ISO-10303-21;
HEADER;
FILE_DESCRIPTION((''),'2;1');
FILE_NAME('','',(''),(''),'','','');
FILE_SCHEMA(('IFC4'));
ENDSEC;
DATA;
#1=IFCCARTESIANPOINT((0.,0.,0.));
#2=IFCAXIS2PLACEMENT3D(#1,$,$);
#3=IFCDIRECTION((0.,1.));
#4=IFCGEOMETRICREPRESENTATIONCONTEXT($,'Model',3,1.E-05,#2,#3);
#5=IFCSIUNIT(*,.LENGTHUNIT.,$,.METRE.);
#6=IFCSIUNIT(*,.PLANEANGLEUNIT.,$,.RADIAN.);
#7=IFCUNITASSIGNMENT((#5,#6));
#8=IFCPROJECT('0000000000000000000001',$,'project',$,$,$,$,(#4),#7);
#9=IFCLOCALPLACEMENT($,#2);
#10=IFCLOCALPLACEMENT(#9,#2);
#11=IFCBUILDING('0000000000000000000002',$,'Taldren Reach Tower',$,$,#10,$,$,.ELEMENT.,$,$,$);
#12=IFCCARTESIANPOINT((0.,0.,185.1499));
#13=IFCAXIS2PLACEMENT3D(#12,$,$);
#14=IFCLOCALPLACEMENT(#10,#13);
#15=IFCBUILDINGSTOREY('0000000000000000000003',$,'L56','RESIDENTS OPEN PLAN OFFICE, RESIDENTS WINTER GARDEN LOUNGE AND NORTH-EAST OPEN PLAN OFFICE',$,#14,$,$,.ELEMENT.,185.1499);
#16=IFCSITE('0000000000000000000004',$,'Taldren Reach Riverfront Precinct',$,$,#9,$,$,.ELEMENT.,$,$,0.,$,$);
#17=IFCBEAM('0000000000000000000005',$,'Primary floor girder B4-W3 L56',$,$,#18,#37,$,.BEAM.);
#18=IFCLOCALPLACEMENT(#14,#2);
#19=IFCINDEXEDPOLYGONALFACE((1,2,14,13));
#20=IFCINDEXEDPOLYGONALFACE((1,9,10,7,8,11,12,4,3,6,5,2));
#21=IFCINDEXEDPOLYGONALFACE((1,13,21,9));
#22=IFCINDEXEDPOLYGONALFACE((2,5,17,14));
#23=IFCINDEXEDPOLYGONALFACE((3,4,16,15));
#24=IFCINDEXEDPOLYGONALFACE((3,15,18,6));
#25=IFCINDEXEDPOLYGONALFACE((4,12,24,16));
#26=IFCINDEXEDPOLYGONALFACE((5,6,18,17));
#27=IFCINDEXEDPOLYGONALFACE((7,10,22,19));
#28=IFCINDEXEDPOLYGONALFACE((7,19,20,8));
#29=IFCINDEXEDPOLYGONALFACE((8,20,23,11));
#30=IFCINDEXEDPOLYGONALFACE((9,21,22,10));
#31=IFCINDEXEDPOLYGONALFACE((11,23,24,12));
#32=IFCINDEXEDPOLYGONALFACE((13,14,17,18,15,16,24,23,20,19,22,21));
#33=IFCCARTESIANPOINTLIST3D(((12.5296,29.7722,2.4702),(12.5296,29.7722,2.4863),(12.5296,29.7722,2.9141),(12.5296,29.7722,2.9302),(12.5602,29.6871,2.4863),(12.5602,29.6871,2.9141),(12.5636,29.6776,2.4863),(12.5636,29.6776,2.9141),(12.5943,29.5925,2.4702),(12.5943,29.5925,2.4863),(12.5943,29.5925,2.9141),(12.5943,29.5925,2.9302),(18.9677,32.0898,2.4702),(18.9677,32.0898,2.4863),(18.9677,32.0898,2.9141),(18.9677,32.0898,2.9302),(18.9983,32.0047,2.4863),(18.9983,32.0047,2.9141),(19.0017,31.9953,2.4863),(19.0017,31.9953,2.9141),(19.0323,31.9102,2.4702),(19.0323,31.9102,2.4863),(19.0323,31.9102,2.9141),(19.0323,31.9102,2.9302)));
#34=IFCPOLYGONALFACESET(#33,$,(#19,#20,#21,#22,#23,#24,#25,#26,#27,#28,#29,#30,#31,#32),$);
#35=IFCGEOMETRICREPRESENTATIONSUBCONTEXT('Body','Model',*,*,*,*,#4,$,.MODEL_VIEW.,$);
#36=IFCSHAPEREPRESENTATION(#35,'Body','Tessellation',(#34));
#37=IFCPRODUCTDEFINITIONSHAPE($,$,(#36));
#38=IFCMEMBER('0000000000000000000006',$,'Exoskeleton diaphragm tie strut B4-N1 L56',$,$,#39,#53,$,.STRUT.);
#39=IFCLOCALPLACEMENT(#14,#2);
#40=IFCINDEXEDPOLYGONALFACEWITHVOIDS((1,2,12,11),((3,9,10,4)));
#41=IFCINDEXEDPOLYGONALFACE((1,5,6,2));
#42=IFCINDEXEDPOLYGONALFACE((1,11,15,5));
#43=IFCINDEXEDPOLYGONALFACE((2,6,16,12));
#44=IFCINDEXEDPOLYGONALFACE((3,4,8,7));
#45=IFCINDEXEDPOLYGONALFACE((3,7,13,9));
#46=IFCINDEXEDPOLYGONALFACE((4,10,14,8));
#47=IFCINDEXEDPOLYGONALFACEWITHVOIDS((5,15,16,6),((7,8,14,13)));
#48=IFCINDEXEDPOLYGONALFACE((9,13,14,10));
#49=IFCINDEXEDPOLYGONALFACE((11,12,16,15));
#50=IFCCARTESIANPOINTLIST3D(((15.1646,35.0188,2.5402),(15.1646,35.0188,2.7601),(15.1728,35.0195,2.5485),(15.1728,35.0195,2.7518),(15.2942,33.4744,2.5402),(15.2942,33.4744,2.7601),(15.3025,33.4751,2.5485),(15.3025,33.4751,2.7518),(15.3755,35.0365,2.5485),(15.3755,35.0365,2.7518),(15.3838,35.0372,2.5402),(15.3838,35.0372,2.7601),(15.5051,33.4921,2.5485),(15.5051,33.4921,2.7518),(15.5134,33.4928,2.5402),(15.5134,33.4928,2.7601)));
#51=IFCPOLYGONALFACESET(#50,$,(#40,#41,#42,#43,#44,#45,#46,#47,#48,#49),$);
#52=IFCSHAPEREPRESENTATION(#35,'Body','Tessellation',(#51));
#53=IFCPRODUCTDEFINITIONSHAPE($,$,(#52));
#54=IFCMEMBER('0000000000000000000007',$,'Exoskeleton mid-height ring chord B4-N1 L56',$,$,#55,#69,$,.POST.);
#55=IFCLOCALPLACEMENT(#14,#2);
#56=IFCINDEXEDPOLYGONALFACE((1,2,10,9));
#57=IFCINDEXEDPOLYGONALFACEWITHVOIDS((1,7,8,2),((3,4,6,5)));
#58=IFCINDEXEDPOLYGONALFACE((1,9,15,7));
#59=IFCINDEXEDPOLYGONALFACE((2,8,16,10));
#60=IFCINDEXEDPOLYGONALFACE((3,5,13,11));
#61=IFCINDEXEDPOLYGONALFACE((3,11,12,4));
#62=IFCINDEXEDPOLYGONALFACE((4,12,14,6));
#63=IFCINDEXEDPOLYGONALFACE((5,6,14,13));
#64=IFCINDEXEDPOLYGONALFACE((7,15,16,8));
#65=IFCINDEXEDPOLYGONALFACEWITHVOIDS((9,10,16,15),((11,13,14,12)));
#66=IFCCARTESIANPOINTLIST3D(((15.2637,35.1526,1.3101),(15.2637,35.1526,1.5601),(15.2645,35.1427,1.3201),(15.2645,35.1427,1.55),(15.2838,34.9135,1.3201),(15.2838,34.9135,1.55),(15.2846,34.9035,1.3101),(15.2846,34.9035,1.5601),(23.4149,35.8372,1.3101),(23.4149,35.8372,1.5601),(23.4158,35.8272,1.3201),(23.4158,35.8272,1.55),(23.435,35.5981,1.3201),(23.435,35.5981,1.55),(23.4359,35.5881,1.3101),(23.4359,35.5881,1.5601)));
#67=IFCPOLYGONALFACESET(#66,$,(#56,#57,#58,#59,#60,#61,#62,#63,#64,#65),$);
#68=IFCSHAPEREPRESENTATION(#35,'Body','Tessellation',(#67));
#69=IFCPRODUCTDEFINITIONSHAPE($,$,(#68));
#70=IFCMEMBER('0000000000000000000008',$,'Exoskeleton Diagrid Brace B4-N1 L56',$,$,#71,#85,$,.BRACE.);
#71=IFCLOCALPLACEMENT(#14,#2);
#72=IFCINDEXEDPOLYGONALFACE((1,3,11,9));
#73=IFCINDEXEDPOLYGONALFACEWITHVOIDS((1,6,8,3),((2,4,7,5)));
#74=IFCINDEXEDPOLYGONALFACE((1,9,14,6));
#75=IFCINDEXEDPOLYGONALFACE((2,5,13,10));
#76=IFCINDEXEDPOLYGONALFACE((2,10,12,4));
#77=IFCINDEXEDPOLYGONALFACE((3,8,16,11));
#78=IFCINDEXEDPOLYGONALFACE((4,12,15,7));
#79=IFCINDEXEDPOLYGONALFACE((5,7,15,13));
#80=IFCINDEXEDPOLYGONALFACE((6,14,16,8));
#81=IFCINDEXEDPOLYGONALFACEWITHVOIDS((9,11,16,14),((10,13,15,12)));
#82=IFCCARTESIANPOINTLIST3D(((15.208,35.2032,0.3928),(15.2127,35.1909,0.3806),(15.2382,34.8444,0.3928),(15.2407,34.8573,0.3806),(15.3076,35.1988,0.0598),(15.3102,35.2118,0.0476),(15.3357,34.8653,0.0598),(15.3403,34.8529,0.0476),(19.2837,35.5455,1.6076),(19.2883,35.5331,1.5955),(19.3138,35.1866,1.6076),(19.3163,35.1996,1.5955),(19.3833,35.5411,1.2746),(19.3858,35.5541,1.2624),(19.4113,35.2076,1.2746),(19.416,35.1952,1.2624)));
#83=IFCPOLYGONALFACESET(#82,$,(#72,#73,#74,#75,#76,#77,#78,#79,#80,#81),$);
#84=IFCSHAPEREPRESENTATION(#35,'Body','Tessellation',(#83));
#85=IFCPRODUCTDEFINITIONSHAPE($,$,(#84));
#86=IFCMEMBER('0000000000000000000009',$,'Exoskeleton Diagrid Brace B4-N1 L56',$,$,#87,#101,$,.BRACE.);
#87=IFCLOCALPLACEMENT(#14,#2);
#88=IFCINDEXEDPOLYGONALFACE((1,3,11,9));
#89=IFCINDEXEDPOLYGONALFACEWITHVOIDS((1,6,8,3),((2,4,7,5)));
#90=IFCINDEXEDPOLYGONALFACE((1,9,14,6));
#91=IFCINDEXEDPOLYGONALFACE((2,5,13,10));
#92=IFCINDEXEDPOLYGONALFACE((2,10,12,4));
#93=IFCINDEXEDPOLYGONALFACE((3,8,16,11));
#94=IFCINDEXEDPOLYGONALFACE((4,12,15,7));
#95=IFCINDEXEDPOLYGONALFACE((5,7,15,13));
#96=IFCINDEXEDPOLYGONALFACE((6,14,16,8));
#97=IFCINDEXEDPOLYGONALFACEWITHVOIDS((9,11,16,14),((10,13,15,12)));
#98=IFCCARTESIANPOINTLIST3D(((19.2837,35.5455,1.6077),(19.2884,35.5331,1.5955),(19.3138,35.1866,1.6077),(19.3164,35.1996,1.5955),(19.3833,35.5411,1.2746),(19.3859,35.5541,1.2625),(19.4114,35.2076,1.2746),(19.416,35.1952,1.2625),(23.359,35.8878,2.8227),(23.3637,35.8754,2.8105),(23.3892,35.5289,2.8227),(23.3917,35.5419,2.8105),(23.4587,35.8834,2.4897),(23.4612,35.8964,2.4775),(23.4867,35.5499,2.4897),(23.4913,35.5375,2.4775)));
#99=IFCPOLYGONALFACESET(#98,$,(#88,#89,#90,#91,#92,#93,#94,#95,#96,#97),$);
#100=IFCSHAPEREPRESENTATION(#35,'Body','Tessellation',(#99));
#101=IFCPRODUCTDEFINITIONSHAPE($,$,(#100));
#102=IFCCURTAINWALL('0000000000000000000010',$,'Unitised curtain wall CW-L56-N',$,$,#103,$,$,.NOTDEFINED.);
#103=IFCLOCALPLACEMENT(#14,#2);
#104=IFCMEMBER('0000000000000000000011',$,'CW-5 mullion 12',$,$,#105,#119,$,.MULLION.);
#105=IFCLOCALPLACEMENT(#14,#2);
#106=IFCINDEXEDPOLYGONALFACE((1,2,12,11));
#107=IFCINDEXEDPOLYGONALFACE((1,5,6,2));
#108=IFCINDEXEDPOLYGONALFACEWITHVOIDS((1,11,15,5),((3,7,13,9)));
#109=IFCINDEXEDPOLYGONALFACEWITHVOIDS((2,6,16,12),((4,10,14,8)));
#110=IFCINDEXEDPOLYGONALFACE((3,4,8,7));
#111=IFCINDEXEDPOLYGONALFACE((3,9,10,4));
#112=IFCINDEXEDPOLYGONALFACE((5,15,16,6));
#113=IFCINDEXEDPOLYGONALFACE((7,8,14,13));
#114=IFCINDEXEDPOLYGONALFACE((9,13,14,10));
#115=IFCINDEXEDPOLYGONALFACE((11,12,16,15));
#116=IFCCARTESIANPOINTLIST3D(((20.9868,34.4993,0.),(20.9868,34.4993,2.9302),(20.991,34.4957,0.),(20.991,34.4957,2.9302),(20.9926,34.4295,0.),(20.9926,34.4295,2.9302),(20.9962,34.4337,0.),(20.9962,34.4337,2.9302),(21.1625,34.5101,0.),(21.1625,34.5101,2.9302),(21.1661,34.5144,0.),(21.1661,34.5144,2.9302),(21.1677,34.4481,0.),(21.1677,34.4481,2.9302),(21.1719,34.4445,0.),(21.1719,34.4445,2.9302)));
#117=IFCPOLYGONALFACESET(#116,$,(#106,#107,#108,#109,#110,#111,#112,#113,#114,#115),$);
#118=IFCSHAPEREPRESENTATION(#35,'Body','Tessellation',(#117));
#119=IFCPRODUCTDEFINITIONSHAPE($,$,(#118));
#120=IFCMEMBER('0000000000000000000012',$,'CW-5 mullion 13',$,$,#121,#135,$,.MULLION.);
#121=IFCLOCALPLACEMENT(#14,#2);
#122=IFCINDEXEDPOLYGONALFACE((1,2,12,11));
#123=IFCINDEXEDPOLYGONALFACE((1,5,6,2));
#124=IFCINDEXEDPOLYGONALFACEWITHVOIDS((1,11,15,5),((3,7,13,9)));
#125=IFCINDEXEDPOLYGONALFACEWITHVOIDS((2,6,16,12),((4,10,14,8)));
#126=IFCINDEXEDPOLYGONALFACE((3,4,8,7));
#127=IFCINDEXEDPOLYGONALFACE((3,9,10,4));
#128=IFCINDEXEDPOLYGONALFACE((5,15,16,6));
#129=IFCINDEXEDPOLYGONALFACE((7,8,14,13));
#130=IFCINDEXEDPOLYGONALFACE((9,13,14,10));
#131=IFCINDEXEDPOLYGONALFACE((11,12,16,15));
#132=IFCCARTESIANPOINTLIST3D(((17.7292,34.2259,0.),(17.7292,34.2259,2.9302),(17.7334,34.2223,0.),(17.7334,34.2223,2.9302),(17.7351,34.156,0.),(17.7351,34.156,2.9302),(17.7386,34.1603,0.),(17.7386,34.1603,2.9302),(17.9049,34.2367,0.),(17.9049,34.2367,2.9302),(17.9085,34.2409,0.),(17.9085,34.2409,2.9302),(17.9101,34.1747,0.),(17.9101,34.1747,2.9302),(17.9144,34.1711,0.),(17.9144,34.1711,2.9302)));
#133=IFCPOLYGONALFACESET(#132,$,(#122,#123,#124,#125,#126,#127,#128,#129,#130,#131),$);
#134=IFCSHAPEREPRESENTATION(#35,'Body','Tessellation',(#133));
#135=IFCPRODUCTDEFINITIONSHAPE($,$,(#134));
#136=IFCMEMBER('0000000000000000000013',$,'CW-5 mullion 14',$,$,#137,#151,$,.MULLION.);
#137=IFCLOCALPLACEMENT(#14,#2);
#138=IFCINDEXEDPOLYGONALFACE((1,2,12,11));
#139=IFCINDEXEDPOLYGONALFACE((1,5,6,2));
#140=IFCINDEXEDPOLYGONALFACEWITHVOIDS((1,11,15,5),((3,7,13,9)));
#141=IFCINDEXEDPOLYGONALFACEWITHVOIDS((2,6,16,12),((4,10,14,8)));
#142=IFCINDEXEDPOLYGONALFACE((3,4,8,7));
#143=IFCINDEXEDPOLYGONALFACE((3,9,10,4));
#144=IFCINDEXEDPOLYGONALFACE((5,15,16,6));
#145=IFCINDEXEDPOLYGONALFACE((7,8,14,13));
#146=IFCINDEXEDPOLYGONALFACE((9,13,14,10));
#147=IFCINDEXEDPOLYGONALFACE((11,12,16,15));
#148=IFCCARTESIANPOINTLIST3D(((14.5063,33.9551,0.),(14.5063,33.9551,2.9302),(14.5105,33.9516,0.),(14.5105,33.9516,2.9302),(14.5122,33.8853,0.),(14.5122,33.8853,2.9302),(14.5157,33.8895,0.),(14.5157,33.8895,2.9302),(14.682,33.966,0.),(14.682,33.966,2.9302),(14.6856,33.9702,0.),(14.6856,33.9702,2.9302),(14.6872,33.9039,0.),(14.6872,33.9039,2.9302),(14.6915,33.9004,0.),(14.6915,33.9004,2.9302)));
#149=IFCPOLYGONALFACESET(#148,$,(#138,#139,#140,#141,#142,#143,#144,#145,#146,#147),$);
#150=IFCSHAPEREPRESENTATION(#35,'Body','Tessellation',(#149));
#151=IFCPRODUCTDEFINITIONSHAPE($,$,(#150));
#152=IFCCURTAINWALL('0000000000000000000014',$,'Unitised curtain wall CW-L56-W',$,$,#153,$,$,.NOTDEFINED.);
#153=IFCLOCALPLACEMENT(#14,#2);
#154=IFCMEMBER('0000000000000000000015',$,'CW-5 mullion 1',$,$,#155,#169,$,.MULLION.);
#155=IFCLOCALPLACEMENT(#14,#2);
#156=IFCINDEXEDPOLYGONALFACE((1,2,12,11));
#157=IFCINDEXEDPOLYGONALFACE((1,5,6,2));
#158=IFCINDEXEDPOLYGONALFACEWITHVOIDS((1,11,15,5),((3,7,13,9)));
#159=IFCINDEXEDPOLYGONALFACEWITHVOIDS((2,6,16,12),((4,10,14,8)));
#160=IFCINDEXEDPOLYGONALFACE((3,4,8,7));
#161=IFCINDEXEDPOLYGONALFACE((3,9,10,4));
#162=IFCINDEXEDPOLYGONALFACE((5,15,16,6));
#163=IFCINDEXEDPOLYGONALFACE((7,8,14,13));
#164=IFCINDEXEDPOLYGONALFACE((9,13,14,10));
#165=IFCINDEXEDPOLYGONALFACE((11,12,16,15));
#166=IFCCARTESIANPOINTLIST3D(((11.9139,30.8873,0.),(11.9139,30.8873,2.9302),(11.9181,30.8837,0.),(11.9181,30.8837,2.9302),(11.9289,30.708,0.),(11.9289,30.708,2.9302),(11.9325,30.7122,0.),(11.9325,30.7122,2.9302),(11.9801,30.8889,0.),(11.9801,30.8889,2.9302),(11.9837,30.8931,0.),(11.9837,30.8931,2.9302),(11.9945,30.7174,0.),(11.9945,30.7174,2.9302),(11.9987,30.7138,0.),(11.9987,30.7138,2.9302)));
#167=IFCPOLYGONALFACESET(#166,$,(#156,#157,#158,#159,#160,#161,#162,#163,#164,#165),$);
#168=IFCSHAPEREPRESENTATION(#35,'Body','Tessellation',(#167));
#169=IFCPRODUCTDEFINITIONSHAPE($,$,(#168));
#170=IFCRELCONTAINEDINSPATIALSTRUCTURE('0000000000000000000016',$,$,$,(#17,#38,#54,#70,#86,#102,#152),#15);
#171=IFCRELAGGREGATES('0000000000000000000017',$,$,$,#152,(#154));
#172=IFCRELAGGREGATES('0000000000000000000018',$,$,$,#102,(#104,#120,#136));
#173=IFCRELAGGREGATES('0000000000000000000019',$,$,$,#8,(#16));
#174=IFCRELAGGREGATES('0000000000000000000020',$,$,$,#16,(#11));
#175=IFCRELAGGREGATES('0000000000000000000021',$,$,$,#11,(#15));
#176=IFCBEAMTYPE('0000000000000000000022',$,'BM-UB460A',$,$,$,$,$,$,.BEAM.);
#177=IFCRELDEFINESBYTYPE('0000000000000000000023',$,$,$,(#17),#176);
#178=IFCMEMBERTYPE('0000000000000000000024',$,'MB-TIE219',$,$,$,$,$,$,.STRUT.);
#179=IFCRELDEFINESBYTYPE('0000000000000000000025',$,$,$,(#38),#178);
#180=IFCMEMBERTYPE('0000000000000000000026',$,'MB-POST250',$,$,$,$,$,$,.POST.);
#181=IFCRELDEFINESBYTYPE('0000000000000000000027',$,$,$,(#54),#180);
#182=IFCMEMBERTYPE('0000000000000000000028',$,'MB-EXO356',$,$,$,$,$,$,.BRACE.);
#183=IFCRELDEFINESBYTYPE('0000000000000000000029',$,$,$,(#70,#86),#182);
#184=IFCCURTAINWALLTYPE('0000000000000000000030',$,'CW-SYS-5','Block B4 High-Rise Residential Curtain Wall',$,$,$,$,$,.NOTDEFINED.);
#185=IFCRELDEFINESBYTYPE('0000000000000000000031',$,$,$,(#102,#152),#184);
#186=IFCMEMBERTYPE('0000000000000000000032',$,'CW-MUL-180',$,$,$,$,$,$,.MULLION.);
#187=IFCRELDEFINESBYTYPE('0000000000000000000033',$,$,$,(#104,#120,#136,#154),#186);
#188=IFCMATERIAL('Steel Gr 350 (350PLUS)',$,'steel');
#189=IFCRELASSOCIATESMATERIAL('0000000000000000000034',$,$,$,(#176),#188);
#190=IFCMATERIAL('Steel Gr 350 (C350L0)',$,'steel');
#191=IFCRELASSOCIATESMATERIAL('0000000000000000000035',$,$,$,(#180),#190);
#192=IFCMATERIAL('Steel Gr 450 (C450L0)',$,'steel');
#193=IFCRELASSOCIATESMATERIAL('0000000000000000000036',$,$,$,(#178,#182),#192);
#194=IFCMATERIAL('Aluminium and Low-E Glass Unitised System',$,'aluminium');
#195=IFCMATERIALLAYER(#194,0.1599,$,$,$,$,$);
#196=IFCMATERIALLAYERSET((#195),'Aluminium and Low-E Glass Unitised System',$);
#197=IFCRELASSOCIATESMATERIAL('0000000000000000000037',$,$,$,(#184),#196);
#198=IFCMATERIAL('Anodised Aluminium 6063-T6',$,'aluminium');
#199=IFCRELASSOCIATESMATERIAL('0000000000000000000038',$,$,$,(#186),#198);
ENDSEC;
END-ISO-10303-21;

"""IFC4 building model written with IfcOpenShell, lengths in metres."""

from ifc_helpers import new_model, si_unit, direction, frame, origin, origin_2d, place, context, subcontext, project, spatial, hollow_rectangle, i_section, extrude, source, transform, mapped, material, layer, layer_set, material_profile, profile_set, type_object, element, aggregate, save


model = new_model("IFC4")

# Units and contexts
model_context = context("Model", 3, precision=1e-05, world=origin(), true_north=direction((0.0, 1.0)))
body_context = subcontext(model_context, "Body", "Model", "MODEL_VIEW")
ifc_project = project(units=[si_unit("LENGTHUNIT", "METRE"), si_unit("PLANEANGLEUNIT", "RADIAN")], contexts=[model_context])

# Site, building, storey
site_placement = place(None, origin())
site = spatial("IfcSite", under=ifc_project, at=site_placement, Name="Taldren Reach Riverfront Precinct", CompositionType="ELEMENT", RefElevation=0.0)
building_placement = place(site_placement, origin())
building = spatial("IfcBuilding", under=site, at=building_placement, Name="Taldren Reach Tower", CompositionType="ELEMENT")
storey_placement = place(building_placement, frame((0.0, 0.0, 185.1499)))
storey = spatial("IfcBuildingStorey", under=building, at=storey_placement, Name="L56", Description="RESIDENTS OPEN PLAN OFFICE, RESIDENTS WINTER GARDEN LOUNGE AND NORTH-EAST OPEN PLAN OFFICE", CompositionType="ELEMENT", Elevation=185.1499)

# Shared definitions
ifc_material_1 = material(Name="Steel Gr 450 (C450L0)", Category="steel")
ifc_material_2 = material(Name="Steel Gr 350 (C350L0)", Category="steel")

# Shared definitions
ifc_material_3 = material(Name="Steel Gr 350 (350PLUS)", Category="steel")
ifc_material_profile_1 = material_profile(ifc_material_3, i_section(OverallWidth=0.1909, OverallDepth=0.46, WebThickness=0.01, FlangeThickness=0.0161, at=origin_2d()), Name="460UB82.1")
ifc_profile_set_1 = profile_set([ifc_material_profile_1], Name="Steel Gr 350 (350PLUS)")
beam_type_1 = type_object("IfcBeamType", Name="BM-UB460A", PredefinedType="BEAM", material=ifc_profile_set_1)

# Shared definitions
ifc_material_profile_2 = material_profile(ifc_material_2, hollow_rectangle(XDim=0.25, YDim=0.25, WallThickness=0.01, at=origin_2d()), Name="250x250x10.0SHS")
ifc_profile_set_2 = profile_set([ifc_material_profile_2], Name="Steel Gr 350 (C350L0)")
member_type_1 = type_object("IfcMemberType", Name="MB-POST250", PredefinedType="POST", material=ifc_profile_set_2)

# Beam
shared_shape_1 = source(origin(), body_context, "Body", "SweptSolid", [
    extrude(i_section(OverallWidth=0.1909, OverallDepth=0.46, WebThickness=0.01, FlangeThickness=0.0161, at=origin_2d()), origin(), (0.0, 0.0, 1.0), 6.8425),
])
beam_1_placement = place(storey_placement, frame((19.0, 32.0, 2.7002), z_axis=(-0.94089, -0.338713, 0.0), x_axis=(0.338713, -0.94089, 0.0)))
element("IfcBeam", 1, at=beam_1_placement, inside=storey, type_object=beam_type_1, Name="Primary floor girder B4-W3 L56", PredefinedType="BEAM", context=body_context, shape_type="MappedRepresentation", body=[
    mapped(shared_shape_1, transform((0.0, 0.0, 0.0), scale=1.0)),
])

# Members
ifc_material_profile_3 = material_profile(ifc_material_1, hollow_rectangle(XDim=0.22, YDim=0.22, WallThickness=0.0083, at=origin_2d()), Name="220x220x8.2SHS")
ifc_profile_set_3 = profile_set([ifc_material_profile_3], Name="Steel Gr 450 (C450L0)")
member_type_2 = type_object("IfcMemberType", Name="MB-TIE219", PredefinedType="STRUT", material=ifc_profile_set_3)
shared_shape_2 = source(origin(), body_context, "Body", "SweptSolid", [
    extrude(hollow_rectangle(XDim=0.22, YDim=0.22, WallThickness=0.0083, at=origin_2d()), origin(), (0.0, 0.0, 1.0), 1.5498),
])
member_1_placement = place(storey_placement, frame((15.4038, 33.4836, 2.6501), z_axis=(-0.083645, 0.996496, 0.0), x_axis=(-0.996496, -0.083645, 0.0)))
element("IfcMember", 2, at=member_1_placement, inside=storey, type_object=member_type_2, Name="Exoskeleton diaphragm tie strut B4-N1 L56", PredefinedType="STRUT", context=body_context, shape_type="MappedRepresentation", body=[
    mapped(shared_shape_2, transform((0.0, 0.0, 0.0), scale=1.0)),
])
shared_shape_3 = source(origin(), body_context, "Body", "SweptSolid", [
    extrude(hollow_rectangle(XDim=0.25, YDim=0.25, WallThickness=0.01, at=origin_2d()), origin(), (0.0, 0.0, 1.0), 8.1799),
])
member_2_placement = place(storey_placement, frame((15.2742, 35.0281, 1.4351), z_axis=(0.996492, 0.08369, 0.0), x_axis=(-0.08369, 0.996492, 0.0)))
element("IfcMember", 3, at=member_2_placement, inside=storey, type_object=member_type_1, Name="Exoskeleton mid-height ring chord B4-N1 L56", PredefinedType="POST", context=body_context, shape_type="MappedRepresentation", body=[
    mapped(shared_shape_3, transform((0.0, 0.0, 0.0), scale=1.0)),
])
ifc_material_profile_4 = material_profile(ifc_material_1, hollow_rectangle(XDim=0.3601, YDim=0.3601, WallThickness=0.0127, at=origin_2d()), Name="360x360x12.7SHS")
ifc_profile_set_4 = profile_set([ifc_material_profile_4], Name="Steel Gr 450 (C450L0)")
member_type_3 = type_object("IfcMemberType", Name="MB-EXO356", PredefinedType="BRACE", material=ifc_profile_set_4)
shared_shape_4 = source(origin(), body_context, "Body", "SweptSolid", [
    extrude(hollow_rectangle(XDim=0.3601, YDim=0.3601, WallThickness=0.0127, at=origin_2d()), origin(), (0.0, 0.0, 1.0), 4.2666),
])
member_3_placement = place(storey_placement, frame((15.2742, 35.0281, 0.2202), z_axis=(0.955245, 0.080224, 0.284731), x_axis=(-0.083688, 0.996492, 0.0)))
element("IfcMember", 4, at=member_3_placement, inside=storey, type_object=member_type_3, Name="Exoskeleton Diagrid Brace B4-N1 L56", PredefinedType="BRACE", context=body_context, shape_type="MappedRepresentation", body=[
    mapped(shared_shape_4, transform((0.0, 0.0, 0.0), scale=1.0)),
])
shared_shape_5 = source(origin(), body_context, "Body", "SweptSolid", [
    extrude(hollow_rectangle(XDim=0.3601, YDim=0.3601, WallThickness=0.0127, at=origin_2d()), origin(), (0.0, 0.0, 1.0), 4.2664),
])
member_4_placement = place(storey_placement, frame((19.3499, 35.3704, 1.4351), z_axis=(0.955224, 0.080227, 0.284799), x_axis=(-0.083693, 0.996492, 0.0)))
element("IfcMember", 5, at=member_4_placement, inside=storey, type_object=member_type_3, Name="Exoskeleton Diagrid Brace B4-N1 L56", PredefinedType="BRACE", context=body_context, shape_type="MappedRepresentation", body=[
    mapped(shared_shape_5, transform((0.0, 0.0, 0.0), scale=1.0)),
])

# Curtain wall, members
ifc_material_4 = material(Name="Aluminium and Low-E Glass Unitised System", Category="aluminium")
ifc_layer_1 = layer(ifc_material_4, 0.1599)
ifc_layer_set_1 = layer_set([ifc_layer_1], Name="Aluminium and Low-E Glass Unitised System")
curtain_wall_type = type_object("IfcCurtainWallType", Name="CW-SYS-5", Description="Block B4 High-Rise Residential Curtain Wall", PredefinedType="NOTDEFINED", material=ifc_layer_set_1)
curtain_wall_1_placement = place(storey_placement, origin())
curtain_wall_1 = element("IfcCurtainWall", 6, at=curtain_wall_1_placement, inside=storey, type_object=curtain_wall_type, Name="Unitised curtain wall CW-L56-N", PredefinedType="NOTDEFINED")
ifc_material_5 = material(Name="Anodised Aluminium 6063-T6", Category="aluminium")
ifc_material_profile_5 = material_profile(ifc_material_5, hollow_rectangle(XDim=0.0701, YDim=0.1799, WallThickness=0.0039, at=origin_2d()), Name="ALU-180x70x4RHS")
ifc_profile_set_5 = profile_set([ifc_material_profile_5], Name="Anodised Aluminium 6063-T6")
member_type_4 = type_object("IfcMemberType", Name="CW-MUL-180", PredefinedType="MULLION", material=ifc_profile_set_5)
shared_shape_6 = source(origin(), body_context, "Body", "SweptSolid", [
    extrude(hollow_rectangle(XDim=0.0701, YDim=0.1799, WallThickness=0.0039, at=origin_2d()), origin(), (0.0, 0.0, 1.0), 2.9302),
])
member_5_placement = place(storey_placement, frame((21.0793, 34.4719, 0.0), z_axis=(0.0, 0.0, 1.0), x_axis=(0.083678, -0.996493, 0.0)))
member_5 = element("IfcMember", 7, at=member_5_placement, type_object=member_type_4, Name="CW-5 mullion 12", PredefinedType="MULLION", context=body_context, shape_type="MappedRepresentation", body=[
    mapped(shared_shape_6, transform((0.0, 0.0, 0.0), scale=1.0)),
])
member_6_placement = place(storey_placement, frame((17.8218, 34.1985, 0.0), z_axis=(0.0, 0.0, 1.0), x_axis=(0.083678, -0.996493, 0.0)))
member_6 = element("IfcMember", 8, at=member_6_placement, type_object=member_type_4, Name="CW-5 mullion 13", PredefinedType="MULLION", context=body_context, shape_type="MappedRepresentation", body=[
    mapped(shared_shape_6, transform((0.0, 0.0, 0.0), scale=1.0)),
])
member_7_placement = place(storey_placement, frame((14.5989, 33.9277, 0.0), z_axis=(0.0, 0.0, 1.0), x_axis=(0.083678, -0.996493, 0.0)))
member_7 = element("IfcMember", 9, at=member_7_placement, type_object=member_type_4, Name="CW-5 mullion 14", PredefinedType="MULLION", context=body_context, shape_type="MappedRepresentation", body=[
    mapped(shared_shape_6, transform((0.0, 0.0, 0.0), scale=1.0)),
])

# Curtain wall, member
curtain_wall_2_placement = place(storey_placement, origin())
curtain_wall_2 = element("IfcCurtainWall", 10, at=curtain_wall_2_placement, inside=storey, type_object=curtain_wall_type, Name="Unitised curtain wall CW-L56-W", PredefinedType="NOTDEFINED")
member_8_placement = place(storey_placement, frame((11.9563, 30.8005, 0.0), z_axis=(0.0, 0.0, 1.0), x_axis=(0.996493, 0.083678, 0.0)))
member_8 = element("IfcMember", 11, at=member_8_placement, type_object=member_type_4, Name="CW-5 mullion 1", PredefinedType="MULLION", context=body_context, shape_type="MappedRepresentation", body=[
    mapped(shared_shape_6, transform((0.0, 0.0, 0.0), scale=1.0)),
])

aggregate(curtain_wall_2, [member_8])

aggregate(curtain_wall_1, [member_5, member_6, member_7])

save(model, "model.ifc")
